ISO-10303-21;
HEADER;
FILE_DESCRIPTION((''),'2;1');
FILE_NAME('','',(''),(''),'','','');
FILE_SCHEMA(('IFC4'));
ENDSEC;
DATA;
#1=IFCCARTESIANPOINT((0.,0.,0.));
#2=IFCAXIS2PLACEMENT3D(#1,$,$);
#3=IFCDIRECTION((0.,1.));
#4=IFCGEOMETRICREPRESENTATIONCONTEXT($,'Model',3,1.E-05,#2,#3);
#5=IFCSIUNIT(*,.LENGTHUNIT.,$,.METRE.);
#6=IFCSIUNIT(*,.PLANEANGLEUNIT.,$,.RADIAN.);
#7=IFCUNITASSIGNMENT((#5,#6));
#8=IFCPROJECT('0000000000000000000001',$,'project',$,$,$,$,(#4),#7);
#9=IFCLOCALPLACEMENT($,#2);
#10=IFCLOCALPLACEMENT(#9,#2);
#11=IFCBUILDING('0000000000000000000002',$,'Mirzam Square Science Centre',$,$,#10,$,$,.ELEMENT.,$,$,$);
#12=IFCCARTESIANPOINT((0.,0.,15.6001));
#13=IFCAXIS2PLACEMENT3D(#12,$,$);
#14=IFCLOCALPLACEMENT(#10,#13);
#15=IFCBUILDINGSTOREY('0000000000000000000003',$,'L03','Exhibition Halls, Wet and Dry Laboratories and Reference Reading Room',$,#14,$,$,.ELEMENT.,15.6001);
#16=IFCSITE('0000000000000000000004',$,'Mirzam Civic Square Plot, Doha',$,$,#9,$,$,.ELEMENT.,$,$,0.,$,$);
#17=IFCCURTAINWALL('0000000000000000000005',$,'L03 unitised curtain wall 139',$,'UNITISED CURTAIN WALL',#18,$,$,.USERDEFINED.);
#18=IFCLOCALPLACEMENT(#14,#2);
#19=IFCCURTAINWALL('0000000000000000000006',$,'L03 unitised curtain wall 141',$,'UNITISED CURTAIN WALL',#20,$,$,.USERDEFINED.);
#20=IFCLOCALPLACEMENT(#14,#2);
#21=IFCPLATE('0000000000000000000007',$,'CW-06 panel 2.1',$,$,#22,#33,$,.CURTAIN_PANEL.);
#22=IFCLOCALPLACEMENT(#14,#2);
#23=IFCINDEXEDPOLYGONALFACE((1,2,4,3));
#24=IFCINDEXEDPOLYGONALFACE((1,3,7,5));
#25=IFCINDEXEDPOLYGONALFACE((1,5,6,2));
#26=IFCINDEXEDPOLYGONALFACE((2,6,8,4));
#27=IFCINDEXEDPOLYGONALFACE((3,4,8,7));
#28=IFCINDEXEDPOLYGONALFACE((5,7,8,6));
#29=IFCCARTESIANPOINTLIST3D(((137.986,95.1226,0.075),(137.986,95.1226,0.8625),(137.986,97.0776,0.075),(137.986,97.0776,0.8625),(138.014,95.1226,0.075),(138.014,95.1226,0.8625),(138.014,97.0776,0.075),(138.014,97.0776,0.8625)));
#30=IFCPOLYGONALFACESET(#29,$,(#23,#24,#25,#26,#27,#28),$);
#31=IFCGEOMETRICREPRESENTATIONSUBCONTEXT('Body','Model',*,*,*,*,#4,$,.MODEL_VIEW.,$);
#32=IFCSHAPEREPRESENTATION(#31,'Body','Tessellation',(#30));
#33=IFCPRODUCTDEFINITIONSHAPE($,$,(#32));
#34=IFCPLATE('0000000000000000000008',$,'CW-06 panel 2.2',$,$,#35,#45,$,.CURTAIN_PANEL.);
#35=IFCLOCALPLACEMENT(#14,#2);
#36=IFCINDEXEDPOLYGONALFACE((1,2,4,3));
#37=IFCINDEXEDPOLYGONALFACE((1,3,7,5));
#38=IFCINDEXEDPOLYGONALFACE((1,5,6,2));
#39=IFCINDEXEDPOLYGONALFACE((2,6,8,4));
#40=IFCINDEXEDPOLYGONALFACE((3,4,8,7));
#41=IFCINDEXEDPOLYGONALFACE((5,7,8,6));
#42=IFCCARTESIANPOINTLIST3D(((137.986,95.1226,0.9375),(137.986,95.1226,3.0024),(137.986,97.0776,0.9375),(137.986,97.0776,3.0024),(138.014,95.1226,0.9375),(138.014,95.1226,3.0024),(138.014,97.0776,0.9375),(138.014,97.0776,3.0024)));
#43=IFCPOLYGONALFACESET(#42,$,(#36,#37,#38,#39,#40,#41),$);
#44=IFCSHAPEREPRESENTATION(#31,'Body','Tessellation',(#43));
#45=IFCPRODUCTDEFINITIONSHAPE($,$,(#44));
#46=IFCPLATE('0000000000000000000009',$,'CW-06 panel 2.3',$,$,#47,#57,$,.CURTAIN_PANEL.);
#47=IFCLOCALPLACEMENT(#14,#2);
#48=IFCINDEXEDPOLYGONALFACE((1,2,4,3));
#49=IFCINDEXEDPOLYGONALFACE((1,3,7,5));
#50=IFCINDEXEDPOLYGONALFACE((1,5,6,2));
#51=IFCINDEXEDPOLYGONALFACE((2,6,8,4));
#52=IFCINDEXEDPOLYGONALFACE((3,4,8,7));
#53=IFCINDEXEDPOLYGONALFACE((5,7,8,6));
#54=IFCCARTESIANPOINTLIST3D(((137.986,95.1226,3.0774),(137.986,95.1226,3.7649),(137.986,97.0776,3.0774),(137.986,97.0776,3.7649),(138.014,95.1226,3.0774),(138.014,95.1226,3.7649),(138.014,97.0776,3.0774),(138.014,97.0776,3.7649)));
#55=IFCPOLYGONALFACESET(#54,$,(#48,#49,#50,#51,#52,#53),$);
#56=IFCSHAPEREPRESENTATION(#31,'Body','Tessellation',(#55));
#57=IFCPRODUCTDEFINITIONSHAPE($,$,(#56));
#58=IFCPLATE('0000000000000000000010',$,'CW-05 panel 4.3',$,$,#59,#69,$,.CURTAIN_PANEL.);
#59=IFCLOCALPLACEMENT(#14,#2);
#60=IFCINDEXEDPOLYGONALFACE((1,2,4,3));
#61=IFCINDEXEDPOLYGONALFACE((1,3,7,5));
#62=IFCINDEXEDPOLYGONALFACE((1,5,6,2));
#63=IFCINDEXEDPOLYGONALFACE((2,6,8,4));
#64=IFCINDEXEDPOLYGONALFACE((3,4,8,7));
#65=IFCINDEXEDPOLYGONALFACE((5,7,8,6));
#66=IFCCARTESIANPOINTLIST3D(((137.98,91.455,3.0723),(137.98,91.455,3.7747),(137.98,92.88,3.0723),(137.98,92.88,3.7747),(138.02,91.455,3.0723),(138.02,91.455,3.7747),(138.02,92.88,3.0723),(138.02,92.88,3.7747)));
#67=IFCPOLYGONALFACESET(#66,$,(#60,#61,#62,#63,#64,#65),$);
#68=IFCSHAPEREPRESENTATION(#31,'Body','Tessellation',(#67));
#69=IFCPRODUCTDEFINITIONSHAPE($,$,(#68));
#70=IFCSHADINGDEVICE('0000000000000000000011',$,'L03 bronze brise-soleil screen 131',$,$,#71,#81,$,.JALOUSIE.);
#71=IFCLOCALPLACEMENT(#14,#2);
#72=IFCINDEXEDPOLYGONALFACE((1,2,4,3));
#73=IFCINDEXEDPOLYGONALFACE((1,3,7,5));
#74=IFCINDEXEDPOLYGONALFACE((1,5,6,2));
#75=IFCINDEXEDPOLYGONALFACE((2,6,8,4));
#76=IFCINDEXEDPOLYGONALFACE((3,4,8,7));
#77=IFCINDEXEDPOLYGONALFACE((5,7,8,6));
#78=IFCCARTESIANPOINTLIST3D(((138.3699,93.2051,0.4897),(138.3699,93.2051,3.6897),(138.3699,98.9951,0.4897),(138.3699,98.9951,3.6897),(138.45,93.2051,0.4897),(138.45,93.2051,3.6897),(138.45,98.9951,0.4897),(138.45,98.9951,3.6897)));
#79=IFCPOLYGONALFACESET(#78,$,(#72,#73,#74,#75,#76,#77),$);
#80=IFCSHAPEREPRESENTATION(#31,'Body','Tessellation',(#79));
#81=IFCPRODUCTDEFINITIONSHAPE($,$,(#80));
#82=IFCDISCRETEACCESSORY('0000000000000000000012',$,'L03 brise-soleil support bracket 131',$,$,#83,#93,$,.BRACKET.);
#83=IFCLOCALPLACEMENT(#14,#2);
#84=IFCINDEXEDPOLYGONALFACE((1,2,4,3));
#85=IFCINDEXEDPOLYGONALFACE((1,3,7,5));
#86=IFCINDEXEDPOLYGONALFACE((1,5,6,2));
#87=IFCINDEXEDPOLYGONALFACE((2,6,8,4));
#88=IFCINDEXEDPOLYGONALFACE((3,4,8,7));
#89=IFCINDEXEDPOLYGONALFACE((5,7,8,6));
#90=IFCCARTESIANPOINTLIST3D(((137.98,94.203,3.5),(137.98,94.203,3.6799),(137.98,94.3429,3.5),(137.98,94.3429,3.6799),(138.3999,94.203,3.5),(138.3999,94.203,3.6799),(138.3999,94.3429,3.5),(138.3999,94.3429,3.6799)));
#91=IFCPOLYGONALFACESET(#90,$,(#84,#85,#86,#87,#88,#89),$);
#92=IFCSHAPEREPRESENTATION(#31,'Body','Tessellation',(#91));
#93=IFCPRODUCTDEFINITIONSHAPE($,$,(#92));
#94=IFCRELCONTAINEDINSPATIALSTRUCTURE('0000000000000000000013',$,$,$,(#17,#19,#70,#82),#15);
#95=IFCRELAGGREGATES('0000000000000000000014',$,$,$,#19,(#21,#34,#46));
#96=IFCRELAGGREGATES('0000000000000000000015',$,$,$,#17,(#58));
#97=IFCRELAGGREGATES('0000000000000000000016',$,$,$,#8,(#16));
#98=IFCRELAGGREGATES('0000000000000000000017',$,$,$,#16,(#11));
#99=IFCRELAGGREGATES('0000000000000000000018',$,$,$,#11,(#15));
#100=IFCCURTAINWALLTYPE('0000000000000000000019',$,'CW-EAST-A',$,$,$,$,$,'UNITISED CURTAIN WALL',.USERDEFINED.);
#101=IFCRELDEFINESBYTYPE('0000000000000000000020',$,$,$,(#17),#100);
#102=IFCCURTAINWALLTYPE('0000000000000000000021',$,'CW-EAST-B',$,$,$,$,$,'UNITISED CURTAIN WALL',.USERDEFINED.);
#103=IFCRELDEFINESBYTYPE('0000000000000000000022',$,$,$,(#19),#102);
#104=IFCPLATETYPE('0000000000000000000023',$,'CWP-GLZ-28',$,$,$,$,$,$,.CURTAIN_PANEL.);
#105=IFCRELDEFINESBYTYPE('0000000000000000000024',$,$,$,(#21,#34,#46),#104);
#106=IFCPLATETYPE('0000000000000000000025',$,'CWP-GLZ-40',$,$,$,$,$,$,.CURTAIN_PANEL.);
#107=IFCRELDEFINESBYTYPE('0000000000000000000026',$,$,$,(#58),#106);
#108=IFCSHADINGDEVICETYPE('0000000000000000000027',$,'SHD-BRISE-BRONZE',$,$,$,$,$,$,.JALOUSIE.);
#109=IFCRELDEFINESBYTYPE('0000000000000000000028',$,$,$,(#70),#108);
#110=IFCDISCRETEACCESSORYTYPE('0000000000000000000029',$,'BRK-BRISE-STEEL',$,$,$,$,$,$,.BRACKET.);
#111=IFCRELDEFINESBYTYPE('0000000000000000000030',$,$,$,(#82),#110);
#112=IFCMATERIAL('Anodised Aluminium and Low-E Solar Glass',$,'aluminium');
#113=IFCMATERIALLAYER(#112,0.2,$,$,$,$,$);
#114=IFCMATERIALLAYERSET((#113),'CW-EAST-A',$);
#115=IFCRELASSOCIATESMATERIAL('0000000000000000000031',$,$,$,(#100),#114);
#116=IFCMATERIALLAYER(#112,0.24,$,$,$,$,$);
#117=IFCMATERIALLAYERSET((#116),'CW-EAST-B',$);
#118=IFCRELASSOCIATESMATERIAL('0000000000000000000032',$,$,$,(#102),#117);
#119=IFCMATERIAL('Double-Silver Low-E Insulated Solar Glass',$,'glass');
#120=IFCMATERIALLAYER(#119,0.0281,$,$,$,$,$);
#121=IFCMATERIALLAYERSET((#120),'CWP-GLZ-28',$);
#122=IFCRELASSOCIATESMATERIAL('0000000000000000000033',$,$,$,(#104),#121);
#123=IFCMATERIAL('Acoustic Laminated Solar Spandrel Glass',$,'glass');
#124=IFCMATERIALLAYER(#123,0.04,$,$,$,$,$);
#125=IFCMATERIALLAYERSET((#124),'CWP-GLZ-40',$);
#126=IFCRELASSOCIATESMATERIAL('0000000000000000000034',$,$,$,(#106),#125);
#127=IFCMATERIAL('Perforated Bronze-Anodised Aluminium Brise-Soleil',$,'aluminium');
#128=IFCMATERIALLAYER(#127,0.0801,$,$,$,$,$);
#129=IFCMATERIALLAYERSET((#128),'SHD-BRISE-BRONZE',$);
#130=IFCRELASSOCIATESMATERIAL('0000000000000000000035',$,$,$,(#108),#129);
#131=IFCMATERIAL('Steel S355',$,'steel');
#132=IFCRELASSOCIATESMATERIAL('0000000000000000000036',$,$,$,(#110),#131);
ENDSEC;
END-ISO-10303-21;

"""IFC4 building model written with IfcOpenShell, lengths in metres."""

from ifc_helpers import new_model, si_unit, direction, frame, origin, origin_2d, place, context, subcontext, project, spatial, rectangle, extrude, material, layer, layer_set, type_object, element, aggregate, save


model = new_model("IFC4")

# Units and contexts
model_context = context("Model", 3, precision=1e-05, world=origin(), true_north=direction((0.0, 1.0)))
body_context = subcontext(model_context, "Body", "Model", "MODEL_VIEW")
ifc_project = project(units=[si_unit("LENGTHUNIT", "METRE"), si_unit("PLANEANGLEUNIT", "RADIAN")], contexts=[model_context])

# Site, building, storey
site_placement = place(None, origin())
site = spatial("IfcSite", under=ifc_project, at=site_placement, Name="Mirzam Civic Square Plot, Doha", CompositionType="ELEMENT", RefElevation=0.0)
building_placement = place(site_placement, origin())
building = spatial("IfcBuilding", under=site, at=building_placement, Name="Mirzam Square Science Centre", CompositionType="ELEMENT")
storey_placement = place(building_placement, frame((0.0, 0.0, 15.6001)))
storey = spatial("IfcBuildingStorey", under=building, at=storey_placement, Name="L03", Description="Exhibition Halls, Wet and Dry Laboratories and Reference Reading Room", CompositionType="ELEMENT", Elevation=15.6001)

# Shared definitions
ifc_material_1 = material(Name="Steel S355", Category="steel")

# Curtain wall
ifc_material_2 = material(Name="Anodised Aluminium and Low-E Solar Glass", Category="aluminium")
ifc_layer_1 = layer(ifc_material_2, 0.2)
ifc_layer_set_1 = layer_set([ifc_layer_1], Name="CW-EAST-A")
curtain_wall_type_1 = type_object("IfcCurtainWallType", Name="CW-EAST-A", ElementType="UNITISED CURTAIN WALL", PredefinedType="USERDEFINED", material=ifc_layer_set_1)
curtain_wall_1_placement = place(storey_placement, origin())
curtain_wall_1 = element("IfcCurtainWall", 1, at=curtain_wall_1_placement, inside=storey, type_object=curtain_wall_type_1, Name="L03 unitised curtain wall 139", ObjectType="UNITISED CURTAIN WALL", PredefinedType="USERDEFINED")

# Curtain wall
ifc_layer_2 = layer(ifc_material_2, 0.24)
ifc_layer_set_2 = layer_set([ifc_layer_2], Name="CW-EAST-B")
curtain_wall_type_2 = type_object("IfcCurtainWallType", Name="CW-EAST-B", ElementType="UNITISED CURTAIN WALL", PredefinedType="USERDEFINED", material=ifc_layer_set_2)
curtain_wall_2_placement = place(storey_placement, origin())
curtain_wall_2 = element("IfcCurtainWall", 2, at=curtain_wall_2_placement, inside=storey, type_object=curtain_wall_type_2, Name="L03 unitised curtain wall 141", ObjectType="UNITISED CURTAIN WALL", PredefinedType="USERDEFINED")

# Plates
ifc_material_3 = material(Name="Double-Silver Low-E Insulated Solar Glass", Category="glass")
ifc_layer_3 = layer(ifc_material_3, 0.0281)
ifc_layer_set_3 = layer_set([ifc_layer_3], Name="CWP-GLZ-28")
plate_type_1 = type_object("IfcPlateType", Name="CWP-GLZ-28", PredefinedType="CURTAIN_PANEL", material=ifc_layer_set_3)
plate_1_placement = place(storey_placement, frame((138.0, 96.1001, 0.075), z_axis=(0.0, 0.0, 1.0), x_axis=(0.0, 1.0, 0.0)))
plate_1 = element("IfcPlate", 3, at=plate_1_placement, type_object=plate_type_1, Name="CW-06 panel 2.1", PredefinedType="CURTAIN_PANEL", context=body_context, shape_type="SweptSolid", body=[
    extrude(rectangle(XDim=1.9551, YDim=0.0281, at=origin_2d()), origin(), (0.0, 0.0, 1.0), 0.7876),
])
plate_2_placement = place(storey_placement, frame((138.0, 96.1001, 0.9375), z_axis=(0.0, 0.0, 1.0), x_axis=(0.0, 1.0, 0.0)))
plate_2 = element("IfcPlate", 4, at=plate_2_placement, type_object=plate_type_1, Name="CW-06 panel 2.2", PredefinedType="CURTAIN_PANEL", context=body_context, shape_type="SweptSolid", body=[
    extrude(rectangle(XDim=1.9551, YDim=0.0281, at=origin_2d()), origin(), (0.0, 0.0, 1.0), 2.0649),
])
plate_3_placement = place(storey_placement, frame((138.0, 96.1001, 3.0774), z_axis=(0.0, 0.0, 1.0), x_axis=(0.0, 1.0, 0.0)))
plate_3 = element("IfcPlate", 5, at=plate_3_placement, type_object=plate_type_1, Name="CW-06 panel 2.3", PredefinedType="CURTAIN_PANEL", context=body_context, shape_type="SweptSolid", body=[
    extrude(rectangle(XDim=1.9551, YDim=0.0281, at=origin_2d()), origin(), (0.0, 0.0, 1.0), 0.6875),
])
aggregate(curtain_wall_2, [plate_1, plate_2, plate_3])
ifc_material_4 = material(Name="Acoustic Laminated Solar Spandrel Glass", Category="glass")
ifc_layer_4 = layer(ifc_material_4, 0.04)
ifc_layer_set_4 = layer_set([ifc_layer_4], Name="CWP-GLZ-40")
plate_type_2 = type_object("IfcPlateType", Name="CWP-GLZ-40", PredefinedType="CURTAIN_PANEL", material=ifc_layer_set_4)
plate_4_placement = place(storey_placement, frame((138.0, 92.1675, 3.0723), z_axis=(0.0, 0.0, 1.0), x_axis=(0.0, 1.0, 0.0)))
plate_4 = element("IfcPlate", 6, at=plate_4_placement, type_object=plate_type_2, Name="CW-05 panel 4.3", PredefinedType="CURTAIN_PANEL", context=body_context, shape_type="SweptSolid", body=[
    extrude(rectangle(XDim=1.425, YDim=0.04, at=origin_2d()), origin(), (0.0, 0.0, 1.0), 0.7024),
])
aggregate(curtain_wall_1, [plate_4])

# Shading device
ifc_material_5 = material(Name="Perforated Bronze-Anodised Aluminium Brise-Soleil", Category="aluminium")
ifc_layer_5 = layer(ifc_material_5, 0.0801)
ifc_layer_set_5 = layer_set([ifc_layer_5], Name="SHD-BRISE-BRONZE")
shading_device_type = type_object("IfcShadingDeviceType", Name="SHD-BRISE-BRONZE", PredefinedType="JALOUSIE", material=ifc_layer_set_5)
shading_device_placement = place(storey_placement, frame((138.4099, 96.1001, 0.4897), z_axis=(0.0, 0.0, 1.0), x_axis=(0.0, 1.0, 0.0)))
element("IfcShadingDevice", 7, at=shading_device_placement, inside=storey, type_object=shading_device_type, Name="L03 bronze brise-soleil screen 131", PredefinedType="JALOUSIE", context=body_context, shape_type="SweptSolid", body=[
    extrude(rectangle(XDim=5.79, YDim=0.0801, at=origin_2d()), origin(), (0.0, 0.0, 1.0), 3.2),
])

# Discrete accessory
discrete_accessory_type = type_object("IfcDiscreteAccessoryType", Name="BRK-BRISE-STEEL", PredefinedType="BRACKET", material=ifc_material_1)
discrete_accessory_placement = place(storey_placement, frame((138.1899, 94.2729, 3.5), z_axis=(0.0, 0.0, 1.0), x_axis=(0.0, 1.0, 0.0)))
element("IfcDiscreteAccessory", 8, at=discrete_accessory_placement, inside=storey, type_object=discrete_accessory_type, Name="L03 brise-soleil support bracket 131", PredefinedType="BRACKET", context=body_context, shape_type="SweptSolid", body=[
    extrude(rectangle(XDim=0.1399, YDim=0.4199, at=origin_2d()), origin(), (0.0, 0.0, 1.0), 0.1799),
])

save(model, "model.ifc")
